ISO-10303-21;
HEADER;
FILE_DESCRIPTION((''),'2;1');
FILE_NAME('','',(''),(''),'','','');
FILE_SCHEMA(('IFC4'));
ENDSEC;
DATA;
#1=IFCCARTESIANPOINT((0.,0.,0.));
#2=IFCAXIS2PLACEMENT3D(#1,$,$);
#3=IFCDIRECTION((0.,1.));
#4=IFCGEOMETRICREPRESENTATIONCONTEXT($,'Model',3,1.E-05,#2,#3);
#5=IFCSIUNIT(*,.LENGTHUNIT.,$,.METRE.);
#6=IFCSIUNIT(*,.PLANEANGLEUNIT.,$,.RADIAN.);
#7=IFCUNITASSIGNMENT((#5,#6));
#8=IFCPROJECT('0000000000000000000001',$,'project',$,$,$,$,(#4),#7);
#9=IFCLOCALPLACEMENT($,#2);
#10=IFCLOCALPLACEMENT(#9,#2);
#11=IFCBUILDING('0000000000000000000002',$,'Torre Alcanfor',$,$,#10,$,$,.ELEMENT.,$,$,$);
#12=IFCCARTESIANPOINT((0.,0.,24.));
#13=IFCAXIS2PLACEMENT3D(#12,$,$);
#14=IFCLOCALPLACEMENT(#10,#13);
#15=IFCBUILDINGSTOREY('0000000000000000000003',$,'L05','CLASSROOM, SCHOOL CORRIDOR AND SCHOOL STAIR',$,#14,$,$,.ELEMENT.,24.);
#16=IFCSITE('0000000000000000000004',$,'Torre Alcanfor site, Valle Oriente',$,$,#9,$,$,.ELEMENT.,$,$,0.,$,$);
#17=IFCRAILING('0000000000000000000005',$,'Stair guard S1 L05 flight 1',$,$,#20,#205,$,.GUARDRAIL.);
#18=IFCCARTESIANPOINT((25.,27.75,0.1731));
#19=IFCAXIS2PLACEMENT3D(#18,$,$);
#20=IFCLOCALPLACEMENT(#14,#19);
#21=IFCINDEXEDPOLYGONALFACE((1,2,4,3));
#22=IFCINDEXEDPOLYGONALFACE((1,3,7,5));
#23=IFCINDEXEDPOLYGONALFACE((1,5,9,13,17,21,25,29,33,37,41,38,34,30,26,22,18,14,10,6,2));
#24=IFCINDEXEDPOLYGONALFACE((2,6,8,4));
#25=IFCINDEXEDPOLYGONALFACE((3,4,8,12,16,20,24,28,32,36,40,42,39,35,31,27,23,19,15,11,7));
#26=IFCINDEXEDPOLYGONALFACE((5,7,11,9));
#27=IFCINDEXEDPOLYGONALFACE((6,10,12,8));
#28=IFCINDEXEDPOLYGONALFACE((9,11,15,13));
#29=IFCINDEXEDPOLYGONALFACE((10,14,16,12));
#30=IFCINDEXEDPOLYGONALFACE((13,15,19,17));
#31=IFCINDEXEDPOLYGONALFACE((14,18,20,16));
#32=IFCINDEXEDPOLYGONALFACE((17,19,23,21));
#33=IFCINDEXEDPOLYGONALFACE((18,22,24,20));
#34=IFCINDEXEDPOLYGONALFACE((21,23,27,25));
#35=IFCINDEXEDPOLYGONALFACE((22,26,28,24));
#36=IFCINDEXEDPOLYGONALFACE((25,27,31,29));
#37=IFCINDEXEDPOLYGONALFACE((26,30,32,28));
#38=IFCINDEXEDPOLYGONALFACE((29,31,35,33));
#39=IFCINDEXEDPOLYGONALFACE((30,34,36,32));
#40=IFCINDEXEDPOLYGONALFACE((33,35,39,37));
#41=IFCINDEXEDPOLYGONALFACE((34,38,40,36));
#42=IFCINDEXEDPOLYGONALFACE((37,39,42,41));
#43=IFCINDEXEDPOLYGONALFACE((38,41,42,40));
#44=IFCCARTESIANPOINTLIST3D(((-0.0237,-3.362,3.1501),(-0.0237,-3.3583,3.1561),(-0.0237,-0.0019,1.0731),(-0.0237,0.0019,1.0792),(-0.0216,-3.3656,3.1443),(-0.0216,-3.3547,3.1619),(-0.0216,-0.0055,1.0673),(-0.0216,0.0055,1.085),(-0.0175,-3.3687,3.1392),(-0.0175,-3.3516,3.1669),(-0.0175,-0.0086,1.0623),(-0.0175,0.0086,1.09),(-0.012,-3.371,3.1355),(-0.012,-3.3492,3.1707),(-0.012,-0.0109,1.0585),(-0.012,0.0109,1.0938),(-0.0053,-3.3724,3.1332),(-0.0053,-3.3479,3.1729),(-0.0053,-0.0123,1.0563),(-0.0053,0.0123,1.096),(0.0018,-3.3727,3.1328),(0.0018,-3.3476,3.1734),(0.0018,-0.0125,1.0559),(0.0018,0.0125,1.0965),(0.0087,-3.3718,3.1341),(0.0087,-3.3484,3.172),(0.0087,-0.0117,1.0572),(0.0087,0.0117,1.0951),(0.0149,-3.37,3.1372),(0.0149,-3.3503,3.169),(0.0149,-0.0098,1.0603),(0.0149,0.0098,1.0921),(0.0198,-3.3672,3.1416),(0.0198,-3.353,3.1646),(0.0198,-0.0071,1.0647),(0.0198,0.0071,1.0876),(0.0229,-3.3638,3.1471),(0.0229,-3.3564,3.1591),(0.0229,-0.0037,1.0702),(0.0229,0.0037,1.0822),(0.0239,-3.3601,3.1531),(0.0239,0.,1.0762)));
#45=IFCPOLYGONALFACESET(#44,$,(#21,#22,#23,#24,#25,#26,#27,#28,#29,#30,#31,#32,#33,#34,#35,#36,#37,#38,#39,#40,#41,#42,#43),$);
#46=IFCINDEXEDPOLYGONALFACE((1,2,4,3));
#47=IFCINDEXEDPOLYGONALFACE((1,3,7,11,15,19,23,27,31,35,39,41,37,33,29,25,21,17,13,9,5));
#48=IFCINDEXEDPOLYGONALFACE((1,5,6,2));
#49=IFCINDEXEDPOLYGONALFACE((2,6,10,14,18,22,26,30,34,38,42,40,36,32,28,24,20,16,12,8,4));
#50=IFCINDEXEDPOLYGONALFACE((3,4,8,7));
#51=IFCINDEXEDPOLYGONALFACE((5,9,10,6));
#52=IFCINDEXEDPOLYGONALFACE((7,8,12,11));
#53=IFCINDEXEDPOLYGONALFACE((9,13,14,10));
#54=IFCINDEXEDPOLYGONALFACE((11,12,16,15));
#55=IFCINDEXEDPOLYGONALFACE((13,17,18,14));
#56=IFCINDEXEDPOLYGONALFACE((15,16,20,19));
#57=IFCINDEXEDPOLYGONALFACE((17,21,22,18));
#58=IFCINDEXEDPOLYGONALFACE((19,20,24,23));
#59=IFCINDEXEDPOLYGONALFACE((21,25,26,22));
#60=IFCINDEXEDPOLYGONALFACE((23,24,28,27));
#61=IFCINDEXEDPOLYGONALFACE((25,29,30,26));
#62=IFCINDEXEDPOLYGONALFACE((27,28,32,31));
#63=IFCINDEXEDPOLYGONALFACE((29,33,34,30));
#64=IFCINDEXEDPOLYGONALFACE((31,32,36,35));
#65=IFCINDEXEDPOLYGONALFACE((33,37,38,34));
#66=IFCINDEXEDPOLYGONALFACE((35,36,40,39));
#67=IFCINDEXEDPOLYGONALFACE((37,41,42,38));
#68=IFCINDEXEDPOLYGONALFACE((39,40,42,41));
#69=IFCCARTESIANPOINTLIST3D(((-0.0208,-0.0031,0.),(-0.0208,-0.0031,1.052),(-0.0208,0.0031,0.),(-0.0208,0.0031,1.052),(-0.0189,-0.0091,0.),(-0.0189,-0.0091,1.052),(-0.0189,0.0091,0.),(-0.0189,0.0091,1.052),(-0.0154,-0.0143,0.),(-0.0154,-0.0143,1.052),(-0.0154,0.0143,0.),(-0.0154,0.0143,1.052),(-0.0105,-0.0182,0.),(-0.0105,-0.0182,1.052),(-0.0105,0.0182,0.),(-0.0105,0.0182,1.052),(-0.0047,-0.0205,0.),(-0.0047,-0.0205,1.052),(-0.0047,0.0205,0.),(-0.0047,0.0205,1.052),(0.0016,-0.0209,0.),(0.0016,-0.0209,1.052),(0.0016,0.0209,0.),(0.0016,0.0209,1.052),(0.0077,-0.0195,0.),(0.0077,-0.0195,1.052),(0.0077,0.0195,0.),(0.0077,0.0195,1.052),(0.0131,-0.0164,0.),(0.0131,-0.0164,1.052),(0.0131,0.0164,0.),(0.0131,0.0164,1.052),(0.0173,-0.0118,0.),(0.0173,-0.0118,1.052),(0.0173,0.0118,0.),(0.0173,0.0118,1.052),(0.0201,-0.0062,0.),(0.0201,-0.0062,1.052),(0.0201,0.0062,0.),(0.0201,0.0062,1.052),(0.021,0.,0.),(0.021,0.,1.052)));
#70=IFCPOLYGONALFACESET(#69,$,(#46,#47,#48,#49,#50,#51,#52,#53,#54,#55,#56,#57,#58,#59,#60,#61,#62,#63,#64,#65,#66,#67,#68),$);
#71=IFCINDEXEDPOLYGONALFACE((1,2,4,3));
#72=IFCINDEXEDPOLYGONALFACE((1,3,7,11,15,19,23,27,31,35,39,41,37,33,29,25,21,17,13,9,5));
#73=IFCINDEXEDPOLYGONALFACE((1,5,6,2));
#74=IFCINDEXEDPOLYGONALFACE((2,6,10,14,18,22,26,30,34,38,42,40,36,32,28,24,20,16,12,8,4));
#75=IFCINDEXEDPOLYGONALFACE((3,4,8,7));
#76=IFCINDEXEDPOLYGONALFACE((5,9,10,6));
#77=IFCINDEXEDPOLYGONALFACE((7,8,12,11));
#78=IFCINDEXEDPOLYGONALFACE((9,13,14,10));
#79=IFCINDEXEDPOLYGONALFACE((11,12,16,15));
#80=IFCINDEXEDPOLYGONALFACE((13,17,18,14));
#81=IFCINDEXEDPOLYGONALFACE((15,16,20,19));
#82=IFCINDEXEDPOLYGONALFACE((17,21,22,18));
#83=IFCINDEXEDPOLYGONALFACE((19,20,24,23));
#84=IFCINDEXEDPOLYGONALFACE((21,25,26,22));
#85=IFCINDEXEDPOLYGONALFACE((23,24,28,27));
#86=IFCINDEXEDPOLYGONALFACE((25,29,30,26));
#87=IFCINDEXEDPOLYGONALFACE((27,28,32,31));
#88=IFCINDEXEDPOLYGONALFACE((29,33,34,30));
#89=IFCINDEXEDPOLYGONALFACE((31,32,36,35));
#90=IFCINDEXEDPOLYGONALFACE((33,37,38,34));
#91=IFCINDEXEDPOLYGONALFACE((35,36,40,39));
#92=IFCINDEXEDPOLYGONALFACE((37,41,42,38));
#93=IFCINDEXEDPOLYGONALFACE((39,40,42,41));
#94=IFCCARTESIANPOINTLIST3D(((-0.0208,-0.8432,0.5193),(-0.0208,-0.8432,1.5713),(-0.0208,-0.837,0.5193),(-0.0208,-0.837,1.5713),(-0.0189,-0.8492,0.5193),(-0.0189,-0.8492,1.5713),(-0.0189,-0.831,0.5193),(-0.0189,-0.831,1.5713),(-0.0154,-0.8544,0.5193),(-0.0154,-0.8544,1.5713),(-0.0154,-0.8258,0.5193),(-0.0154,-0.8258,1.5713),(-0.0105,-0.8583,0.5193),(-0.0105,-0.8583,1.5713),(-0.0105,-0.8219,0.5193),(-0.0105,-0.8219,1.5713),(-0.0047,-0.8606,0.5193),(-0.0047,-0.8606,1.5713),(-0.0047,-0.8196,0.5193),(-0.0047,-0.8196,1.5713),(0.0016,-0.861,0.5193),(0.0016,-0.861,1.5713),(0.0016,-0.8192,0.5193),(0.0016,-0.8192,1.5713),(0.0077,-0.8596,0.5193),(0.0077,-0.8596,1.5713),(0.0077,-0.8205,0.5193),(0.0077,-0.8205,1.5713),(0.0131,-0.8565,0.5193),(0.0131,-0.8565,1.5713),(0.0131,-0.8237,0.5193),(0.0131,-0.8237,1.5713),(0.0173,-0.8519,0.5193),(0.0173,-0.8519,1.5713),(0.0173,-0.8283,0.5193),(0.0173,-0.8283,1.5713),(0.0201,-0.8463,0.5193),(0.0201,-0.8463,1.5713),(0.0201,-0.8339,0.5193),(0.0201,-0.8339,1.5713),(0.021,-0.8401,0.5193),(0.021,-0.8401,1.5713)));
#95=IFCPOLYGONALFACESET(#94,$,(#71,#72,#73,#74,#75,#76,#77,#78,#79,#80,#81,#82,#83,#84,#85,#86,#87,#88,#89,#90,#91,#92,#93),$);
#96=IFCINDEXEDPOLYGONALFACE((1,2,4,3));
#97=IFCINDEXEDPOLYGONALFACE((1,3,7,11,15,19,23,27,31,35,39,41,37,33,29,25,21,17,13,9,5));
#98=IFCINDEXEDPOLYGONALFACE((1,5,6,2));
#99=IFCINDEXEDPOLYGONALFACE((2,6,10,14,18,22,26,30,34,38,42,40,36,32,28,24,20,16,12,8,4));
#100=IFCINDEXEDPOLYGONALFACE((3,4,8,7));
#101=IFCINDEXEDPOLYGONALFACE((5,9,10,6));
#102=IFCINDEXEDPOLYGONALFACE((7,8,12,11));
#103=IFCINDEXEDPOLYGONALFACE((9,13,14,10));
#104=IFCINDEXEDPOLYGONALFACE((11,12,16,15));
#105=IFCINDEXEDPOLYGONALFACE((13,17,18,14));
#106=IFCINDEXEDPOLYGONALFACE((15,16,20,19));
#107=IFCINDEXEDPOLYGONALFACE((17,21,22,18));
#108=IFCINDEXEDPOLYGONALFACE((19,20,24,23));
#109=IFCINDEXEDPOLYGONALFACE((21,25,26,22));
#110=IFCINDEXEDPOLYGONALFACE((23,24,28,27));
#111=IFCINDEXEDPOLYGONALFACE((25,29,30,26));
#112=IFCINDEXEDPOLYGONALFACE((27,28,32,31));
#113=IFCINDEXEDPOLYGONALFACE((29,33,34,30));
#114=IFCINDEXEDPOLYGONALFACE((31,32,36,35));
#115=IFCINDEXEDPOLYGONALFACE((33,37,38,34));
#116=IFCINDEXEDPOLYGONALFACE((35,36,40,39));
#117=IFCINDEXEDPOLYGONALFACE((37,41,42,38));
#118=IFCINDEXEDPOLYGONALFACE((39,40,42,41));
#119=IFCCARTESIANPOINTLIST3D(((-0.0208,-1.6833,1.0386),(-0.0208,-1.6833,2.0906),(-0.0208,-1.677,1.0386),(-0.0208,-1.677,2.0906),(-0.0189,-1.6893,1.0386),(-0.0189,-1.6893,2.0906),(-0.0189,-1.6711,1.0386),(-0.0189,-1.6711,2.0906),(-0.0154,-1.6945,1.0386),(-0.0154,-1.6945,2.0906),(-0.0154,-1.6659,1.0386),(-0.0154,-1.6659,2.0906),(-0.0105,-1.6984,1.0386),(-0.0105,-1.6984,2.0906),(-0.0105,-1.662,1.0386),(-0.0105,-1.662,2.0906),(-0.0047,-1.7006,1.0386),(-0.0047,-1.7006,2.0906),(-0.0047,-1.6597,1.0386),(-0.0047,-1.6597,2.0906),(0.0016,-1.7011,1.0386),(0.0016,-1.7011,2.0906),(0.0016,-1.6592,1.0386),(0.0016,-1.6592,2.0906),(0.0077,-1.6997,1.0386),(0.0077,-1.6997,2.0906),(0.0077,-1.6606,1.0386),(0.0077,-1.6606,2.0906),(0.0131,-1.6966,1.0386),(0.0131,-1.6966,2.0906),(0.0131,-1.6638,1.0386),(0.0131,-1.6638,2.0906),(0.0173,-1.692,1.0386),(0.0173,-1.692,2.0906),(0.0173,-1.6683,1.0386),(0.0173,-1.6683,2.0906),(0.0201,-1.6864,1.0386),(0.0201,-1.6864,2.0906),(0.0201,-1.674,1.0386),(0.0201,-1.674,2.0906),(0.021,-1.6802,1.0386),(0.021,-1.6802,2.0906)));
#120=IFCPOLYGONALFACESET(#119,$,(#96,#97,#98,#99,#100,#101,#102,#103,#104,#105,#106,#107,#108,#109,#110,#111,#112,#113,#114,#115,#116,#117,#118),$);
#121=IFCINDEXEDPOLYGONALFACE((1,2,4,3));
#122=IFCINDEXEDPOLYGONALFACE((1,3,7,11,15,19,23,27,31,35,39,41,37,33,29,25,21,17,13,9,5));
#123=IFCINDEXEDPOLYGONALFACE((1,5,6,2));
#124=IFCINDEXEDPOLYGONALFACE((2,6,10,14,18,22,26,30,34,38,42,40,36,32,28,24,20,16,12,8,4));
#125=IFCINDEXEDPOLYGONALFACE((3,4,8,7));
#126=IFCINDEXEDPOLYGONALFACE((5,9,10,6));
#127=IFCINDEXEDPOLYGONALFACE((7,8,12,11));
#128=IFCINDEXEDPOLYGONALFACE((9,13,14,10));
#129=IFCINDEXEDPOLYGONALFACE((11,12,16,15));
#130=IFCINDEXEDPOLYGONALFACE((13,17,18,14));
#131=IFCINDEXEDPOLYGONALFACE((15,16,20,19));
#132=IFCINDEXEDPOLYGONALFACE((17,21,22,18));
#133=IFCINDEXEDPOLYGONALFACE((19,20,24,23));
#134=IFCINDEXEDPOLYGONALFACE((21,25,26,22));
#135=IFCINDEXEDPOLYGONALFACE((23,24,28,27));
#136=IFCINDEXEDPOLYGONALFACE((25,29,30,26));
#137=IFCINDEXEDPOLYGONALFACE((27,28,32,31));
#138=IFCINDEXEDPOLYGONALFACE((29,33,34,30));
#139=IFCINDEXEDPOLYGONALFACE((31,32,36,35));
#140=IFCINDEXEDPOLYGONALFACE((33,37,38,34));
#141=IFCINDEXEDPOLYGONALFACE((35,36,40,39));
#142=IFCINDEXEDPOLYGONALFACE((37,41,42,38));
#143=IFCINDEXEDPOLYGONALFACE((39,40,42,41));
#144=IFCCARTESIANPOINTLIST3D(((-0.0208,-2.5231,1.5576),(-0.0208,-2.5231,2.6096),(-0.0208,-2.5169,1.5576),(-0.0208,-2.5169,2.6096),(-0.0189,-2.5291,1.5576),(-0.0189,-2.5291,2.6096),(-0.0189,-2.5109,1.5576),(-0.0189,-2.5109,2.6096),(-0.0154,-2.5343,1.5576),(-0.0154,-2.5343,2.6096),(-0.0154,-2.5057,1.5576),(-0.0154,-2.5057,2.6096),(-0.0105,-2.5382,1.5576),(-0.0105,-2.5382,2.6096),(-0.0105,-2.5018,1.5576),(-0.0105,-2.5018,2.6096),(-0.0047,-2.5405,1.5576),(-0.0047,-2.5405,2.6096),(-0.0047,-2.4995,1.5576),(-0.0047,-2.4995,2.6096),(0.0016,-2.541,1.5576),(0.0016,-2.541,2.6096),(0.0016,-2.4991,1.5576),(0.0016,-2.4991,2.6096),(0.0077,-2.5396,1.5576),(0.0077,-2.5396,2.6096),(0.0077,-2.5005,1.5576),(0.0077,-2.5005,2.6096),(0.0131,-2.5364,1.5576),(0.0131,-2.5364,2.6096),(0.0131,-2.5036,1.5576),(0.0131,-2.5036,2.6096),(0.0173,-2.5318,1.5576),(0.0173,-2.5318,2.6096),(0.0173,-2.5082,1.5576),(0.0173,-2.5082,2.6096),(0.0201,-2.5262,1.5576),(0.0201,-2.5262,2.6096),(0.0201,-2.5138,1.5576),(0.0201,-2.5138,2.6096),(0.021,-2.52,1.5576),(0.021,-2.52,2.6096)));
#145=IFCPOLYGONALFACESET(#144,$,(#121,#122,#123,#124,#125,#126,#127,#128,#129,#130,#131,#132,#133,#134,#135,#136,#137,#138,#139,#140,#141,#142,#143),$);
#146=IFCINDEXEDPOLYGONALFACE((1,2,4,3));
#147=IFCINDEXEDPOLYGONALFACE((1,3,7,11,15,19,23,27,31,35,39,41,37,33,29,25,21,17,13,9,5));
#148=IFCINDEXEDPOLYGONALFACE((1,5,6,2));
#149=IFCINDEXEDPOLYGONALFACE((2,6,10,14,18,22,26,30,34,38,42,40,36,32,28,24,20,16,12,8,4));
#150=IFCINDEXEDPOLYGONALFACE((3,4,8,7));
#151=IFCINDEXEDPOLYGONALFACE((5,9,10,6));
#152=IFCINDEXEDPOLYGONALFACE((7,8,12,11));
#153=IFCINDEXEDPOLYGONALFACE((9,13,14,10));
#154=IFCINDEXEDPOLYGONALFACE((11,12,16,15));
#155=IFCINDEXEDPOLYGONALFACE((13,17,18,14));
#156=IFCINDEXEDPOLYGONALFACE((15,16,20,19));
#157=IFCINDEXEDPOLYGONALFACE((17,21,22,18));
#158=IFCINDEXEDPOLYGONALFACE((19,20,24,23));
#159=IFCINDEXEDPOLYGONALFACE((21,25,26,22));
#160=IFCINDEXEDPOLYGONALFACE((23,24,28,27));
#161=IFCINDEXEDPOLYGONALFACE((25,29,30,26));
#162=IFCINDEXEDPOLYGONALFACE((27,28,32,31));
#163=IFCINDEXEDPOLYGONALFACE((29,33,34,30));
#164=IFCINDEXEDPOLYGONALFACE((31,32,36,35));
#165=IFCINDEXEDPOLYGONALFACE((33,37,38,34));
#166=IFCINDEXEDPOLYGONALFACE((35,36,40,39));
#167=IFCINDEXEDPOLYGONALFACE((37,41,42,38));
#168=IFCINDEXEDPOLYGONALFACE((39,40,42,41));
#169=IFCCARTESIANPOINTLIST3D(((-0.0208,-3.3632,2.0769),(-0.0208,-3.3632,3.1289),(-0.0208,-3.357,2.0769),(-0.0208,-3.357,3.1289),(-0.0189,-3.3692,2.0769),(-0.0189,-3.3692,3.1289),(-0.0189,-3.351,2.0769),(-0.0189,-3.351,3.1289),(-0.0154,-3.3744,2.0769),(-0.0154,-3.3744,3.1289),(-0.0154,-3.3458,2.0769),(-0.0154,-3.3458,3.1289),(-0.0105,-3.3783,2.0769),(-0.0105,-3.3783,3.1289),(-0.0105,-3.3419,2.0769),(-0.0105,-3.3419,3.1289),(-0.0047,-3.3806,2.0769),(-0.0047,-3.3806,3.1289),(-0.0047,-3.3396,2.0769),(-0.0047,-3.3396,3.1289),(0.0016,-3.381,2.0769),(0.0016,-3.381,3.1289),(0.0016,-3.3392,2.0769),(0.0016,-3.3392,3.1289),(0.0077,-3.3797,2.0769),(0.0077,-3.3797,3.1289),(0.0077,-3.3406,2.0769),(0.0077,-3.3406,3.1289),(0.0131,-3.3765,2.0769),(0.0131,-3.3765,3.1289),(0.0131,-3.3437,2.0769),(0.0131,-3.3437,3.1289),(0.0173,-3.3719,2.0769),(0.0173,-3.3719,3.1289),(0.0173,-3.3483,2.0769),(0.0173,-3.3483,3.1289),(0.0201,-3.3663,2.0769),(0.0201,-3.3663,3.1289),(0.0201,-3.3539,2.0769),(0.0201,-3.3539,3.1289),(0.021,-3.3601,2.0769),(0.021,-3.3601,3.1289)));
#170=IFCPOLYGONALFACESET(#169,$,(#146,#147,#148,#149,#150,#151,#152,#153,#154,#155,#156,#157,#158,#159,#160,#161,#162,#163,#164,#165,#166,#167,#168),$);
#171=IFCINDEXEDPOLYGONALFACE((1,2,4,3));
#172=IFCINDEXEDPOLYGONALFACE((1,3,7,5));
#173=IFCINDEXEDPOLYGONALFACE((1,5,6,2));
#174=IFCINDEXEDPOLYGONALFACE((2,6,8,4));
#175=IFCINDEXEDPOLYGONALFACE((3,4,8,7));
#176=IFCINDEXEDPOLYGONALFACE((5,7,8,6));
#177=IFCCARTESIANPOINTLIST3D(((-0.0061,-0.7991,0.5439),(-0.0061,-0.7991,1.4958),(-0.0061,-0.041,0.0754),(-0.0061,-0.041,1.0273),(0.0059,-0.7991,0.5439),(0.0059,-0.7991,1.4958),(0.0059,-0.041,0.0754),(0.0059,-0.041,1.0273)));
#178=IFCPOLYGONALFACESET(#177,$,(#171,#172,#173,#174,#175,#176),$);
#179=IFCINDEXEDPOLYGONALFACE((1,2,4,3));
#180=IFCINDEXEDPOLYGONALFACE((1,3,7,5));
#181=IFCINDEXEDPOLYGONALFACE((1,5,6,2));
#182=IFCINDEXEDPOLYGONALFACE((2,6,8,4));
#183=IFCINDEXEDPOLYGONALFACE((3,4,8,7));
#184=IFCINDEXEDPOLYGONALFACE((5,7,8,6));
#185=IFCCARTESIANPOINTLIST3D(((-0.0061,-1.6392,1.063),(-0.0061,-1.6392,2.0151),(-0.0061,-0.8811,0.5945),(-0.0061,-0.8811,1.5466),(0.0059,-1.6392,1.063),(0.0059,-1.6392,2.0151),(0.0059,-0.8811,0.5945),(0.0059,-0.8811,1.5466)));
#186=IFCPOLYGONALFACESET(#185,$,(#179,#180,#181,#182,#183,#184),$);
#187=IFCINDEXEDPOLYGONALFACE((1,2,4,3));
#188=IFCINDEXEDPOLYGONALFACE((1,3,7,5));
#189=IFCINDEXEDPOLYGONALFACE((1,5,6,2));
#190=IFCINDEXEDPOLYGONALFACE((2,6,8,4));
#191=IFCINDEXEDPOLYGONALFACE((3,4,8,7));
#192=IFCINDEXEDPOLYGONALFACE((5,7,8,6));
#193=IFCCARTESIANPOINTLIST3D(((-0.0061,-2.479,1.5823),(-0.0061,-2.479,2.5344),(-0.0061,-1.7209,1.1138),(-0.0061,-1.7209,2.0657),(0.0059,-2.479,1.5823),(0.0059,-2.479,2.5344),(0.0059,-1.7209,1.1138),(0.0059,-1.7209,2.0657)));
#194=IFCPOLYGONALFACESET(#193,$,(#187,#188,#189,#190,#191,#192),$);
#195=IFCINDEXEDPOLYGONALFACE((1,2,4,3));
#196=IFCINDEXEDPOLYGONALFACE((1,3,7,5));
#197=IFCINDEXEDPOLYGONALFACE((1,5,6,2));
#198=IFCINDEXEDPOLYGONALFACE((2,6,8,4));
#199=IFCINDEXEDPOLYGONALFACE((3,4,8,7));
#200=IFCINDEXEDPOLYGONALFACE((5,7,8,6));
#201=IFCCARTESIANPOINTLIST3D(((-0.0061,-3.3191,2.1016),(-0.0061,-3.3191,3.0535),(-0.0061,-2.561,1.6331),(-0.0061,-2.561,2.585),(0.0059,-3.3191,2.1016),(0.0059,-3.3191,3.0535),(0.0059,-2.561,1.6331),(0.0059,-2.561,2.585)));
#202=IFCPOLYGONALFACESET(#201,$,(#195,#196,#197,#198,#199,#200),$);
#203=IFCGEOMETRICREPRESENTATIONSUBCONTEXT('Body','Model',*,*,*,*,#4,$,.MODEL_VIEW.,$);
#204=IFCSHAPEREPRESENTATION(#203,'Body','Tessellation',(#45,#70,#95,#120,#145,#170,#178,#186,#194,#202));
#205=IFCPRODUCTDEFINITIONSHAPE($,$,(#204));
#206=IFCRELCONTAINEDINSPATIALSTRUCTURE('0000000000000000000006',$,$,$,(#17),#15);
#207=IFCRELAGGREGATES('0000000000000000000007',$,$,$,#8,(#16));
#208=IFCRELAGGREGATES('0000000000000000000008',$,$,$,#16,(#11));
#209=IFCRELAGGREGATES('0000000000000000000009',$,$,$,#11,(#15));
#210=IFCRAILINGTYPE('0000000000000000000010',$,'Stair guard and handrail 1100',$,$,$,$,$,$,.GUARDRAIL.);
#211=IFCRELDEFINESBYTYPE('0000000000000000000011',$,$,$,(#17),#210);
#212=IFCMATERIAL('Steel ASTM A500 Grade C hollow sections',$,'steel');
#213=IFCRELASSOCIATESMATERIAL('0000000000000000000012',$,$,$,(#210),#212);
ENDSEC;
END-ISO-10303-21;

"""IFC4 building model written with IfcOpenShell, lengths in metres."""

from ifc_helpers import new_model, si_unit, direction, frame, origin, origin_2d, place, context, subcontext, project, spatial, polyline, circle, outline, extrude, material, type_object, element, save


model = new_model("IFC4")

# Units and contexts
model_context = context("Model", 3, precision=1e-05, world=origin(), true_north=direction((0.0, 1.0)))
body_context = subcontext(model_context, "Body", "Model", "MODEL_VIEW")
ifc_project = project(units=[si_unit("LENGTHUNIT", "METRE"), si_unit("PLANEANGLEUNIT", "RADIAN")], contexts=[model_context])

# Site, building, storey
site_placement = place(None, origin())
site = spatial("IfcSite", under=ifc_project, at=site_placement, Name="Torre Alcanfor site, Valle Oriente", CompositionType="ELEMENT", RefElevation=0.0)
building_placement = place(site_placement, origin())
building = spatial("IfcBuilding", under=site, at=building_placement, Name="Torre Alcanfor", CompositionType="ELEMENT")
storey_placement = place(building_placement, frame((0.0, 0.0, 24.0)))
storey = spatial("IfcBuildingStorey", under=building, at=storey_placement, Name="L05", Description="CLASSROOM, SCHOOL CORRIDOR AND SCHOOL STAIR", CompositionType="ELEMENT", Elevation=24.0)

# Railing
ifc_material_1 = material(Name="Steel ASTM A500 Grade C hollow sections", Category="steel")
railing_type_1 = type_object("IfcRailingType", Name="Stair guard and handrail 1100", PredefinedType="GUARDRAIL", material=ifc_material_1)
railing_1_placement = place(storey_placement, frame((25.0, 27.75, 0.1731)))
element("IfcRailing", 1, at=railing_1_placement, inside=storey, type_object=railing_type_1, Name="Stair guard S1 L05 flight 1", PredefinedType="GUARDRAIL", context=body_context, shape_type="SweptSolid", body=[
    extrude(circle(Radius=0.0239, at=origin_2d()), frame((0.0, 0.0, 1.0762), z_axis=(0.0, -0.850623, 0.525776), x_axis=(1.0, 0.0, 0.0)), (0.0, 0.0, 1.0), 3.9502),
    extrude(circle(Radius=0.021, at=origin_2d()), origin(), (0.0, 0.0, 1.0), 1.052),
    extrude(circle(Radius=0.021, at=origin_2d()), frame((0.0, -0.8401, 0.5193)), (0.0, 0.0, 1.0), 1.052),
    extrude(circle(Radius=0.021, at=origin_2d()), frame((0.0, -1.6802, 1.0386)), (0.0, 0.0, 1.0), 1.052),
    extrude(circle(Radius=0.021, at=origin_2d()), frame((0.0, -2.52, 1.5576)), (0.0, 0.0, 1.0), 1.052),
    extrude(circle(Radius=0.021, at=origin_2d()), frame((0.0, -3.3601, 2.0769)), (0.0, 0.0, 1.0), 1.052),
    extrude(outline(polyline([(0.041, 0.0754), (0.7991, 0.5439), (0.7991, 1.4958), (0.041, 1.0273), (0.041, 0.0754)])), frame((0.0059, 0.0, 0.0), z_axis=(-1.0, 0.0, 0.0), x_axis=(0.0, -1.0, 0.0)), (0.0, 0.0, 1.0), 0.012),
    extrude(outline(polyline([(0.8811, 0.5945), (1.6392, 1.063), (1.6392, 2.0151), (0.8811, 1.5466), (0.8811, 0.5945)])), frame((0.0059, 0.0, 0.0), z_axis=(-1.0, 0.0, 0.0), x_axis=(0.0, -1.0, 0.0)), (0.0, 0.0, 1.0), 0.012),
    extrude(outline(polyline([(1.7209, 1.1138), (2.479, 1.5823), (2.479, 2.5344), (1.7209, 2.0657), (1.7209, 1.1138)])), frame((0.0059, 0.0, 0.0), z_axis=(-1.0, 0.0, 0.0), x_axis=(0.0, -1.0, 0.0)), (0.0, 0.0, 1.0), 0.012),
    extrude(outline(polyline([(2.561, 1.6331), (3.3191, 2.1016), (3.3191, 3.0535), (2.561, 2.585), (2.561, 1.6331)])), frame((0.0059, 0.0, 0.0), z_axis=(-1.0, 0.0, 0.0), x_axis=(0.0, -1.0, 0.0)), (0.0, 0.0, 1.0), 0.012),
])

save(model, "model.ifc")
